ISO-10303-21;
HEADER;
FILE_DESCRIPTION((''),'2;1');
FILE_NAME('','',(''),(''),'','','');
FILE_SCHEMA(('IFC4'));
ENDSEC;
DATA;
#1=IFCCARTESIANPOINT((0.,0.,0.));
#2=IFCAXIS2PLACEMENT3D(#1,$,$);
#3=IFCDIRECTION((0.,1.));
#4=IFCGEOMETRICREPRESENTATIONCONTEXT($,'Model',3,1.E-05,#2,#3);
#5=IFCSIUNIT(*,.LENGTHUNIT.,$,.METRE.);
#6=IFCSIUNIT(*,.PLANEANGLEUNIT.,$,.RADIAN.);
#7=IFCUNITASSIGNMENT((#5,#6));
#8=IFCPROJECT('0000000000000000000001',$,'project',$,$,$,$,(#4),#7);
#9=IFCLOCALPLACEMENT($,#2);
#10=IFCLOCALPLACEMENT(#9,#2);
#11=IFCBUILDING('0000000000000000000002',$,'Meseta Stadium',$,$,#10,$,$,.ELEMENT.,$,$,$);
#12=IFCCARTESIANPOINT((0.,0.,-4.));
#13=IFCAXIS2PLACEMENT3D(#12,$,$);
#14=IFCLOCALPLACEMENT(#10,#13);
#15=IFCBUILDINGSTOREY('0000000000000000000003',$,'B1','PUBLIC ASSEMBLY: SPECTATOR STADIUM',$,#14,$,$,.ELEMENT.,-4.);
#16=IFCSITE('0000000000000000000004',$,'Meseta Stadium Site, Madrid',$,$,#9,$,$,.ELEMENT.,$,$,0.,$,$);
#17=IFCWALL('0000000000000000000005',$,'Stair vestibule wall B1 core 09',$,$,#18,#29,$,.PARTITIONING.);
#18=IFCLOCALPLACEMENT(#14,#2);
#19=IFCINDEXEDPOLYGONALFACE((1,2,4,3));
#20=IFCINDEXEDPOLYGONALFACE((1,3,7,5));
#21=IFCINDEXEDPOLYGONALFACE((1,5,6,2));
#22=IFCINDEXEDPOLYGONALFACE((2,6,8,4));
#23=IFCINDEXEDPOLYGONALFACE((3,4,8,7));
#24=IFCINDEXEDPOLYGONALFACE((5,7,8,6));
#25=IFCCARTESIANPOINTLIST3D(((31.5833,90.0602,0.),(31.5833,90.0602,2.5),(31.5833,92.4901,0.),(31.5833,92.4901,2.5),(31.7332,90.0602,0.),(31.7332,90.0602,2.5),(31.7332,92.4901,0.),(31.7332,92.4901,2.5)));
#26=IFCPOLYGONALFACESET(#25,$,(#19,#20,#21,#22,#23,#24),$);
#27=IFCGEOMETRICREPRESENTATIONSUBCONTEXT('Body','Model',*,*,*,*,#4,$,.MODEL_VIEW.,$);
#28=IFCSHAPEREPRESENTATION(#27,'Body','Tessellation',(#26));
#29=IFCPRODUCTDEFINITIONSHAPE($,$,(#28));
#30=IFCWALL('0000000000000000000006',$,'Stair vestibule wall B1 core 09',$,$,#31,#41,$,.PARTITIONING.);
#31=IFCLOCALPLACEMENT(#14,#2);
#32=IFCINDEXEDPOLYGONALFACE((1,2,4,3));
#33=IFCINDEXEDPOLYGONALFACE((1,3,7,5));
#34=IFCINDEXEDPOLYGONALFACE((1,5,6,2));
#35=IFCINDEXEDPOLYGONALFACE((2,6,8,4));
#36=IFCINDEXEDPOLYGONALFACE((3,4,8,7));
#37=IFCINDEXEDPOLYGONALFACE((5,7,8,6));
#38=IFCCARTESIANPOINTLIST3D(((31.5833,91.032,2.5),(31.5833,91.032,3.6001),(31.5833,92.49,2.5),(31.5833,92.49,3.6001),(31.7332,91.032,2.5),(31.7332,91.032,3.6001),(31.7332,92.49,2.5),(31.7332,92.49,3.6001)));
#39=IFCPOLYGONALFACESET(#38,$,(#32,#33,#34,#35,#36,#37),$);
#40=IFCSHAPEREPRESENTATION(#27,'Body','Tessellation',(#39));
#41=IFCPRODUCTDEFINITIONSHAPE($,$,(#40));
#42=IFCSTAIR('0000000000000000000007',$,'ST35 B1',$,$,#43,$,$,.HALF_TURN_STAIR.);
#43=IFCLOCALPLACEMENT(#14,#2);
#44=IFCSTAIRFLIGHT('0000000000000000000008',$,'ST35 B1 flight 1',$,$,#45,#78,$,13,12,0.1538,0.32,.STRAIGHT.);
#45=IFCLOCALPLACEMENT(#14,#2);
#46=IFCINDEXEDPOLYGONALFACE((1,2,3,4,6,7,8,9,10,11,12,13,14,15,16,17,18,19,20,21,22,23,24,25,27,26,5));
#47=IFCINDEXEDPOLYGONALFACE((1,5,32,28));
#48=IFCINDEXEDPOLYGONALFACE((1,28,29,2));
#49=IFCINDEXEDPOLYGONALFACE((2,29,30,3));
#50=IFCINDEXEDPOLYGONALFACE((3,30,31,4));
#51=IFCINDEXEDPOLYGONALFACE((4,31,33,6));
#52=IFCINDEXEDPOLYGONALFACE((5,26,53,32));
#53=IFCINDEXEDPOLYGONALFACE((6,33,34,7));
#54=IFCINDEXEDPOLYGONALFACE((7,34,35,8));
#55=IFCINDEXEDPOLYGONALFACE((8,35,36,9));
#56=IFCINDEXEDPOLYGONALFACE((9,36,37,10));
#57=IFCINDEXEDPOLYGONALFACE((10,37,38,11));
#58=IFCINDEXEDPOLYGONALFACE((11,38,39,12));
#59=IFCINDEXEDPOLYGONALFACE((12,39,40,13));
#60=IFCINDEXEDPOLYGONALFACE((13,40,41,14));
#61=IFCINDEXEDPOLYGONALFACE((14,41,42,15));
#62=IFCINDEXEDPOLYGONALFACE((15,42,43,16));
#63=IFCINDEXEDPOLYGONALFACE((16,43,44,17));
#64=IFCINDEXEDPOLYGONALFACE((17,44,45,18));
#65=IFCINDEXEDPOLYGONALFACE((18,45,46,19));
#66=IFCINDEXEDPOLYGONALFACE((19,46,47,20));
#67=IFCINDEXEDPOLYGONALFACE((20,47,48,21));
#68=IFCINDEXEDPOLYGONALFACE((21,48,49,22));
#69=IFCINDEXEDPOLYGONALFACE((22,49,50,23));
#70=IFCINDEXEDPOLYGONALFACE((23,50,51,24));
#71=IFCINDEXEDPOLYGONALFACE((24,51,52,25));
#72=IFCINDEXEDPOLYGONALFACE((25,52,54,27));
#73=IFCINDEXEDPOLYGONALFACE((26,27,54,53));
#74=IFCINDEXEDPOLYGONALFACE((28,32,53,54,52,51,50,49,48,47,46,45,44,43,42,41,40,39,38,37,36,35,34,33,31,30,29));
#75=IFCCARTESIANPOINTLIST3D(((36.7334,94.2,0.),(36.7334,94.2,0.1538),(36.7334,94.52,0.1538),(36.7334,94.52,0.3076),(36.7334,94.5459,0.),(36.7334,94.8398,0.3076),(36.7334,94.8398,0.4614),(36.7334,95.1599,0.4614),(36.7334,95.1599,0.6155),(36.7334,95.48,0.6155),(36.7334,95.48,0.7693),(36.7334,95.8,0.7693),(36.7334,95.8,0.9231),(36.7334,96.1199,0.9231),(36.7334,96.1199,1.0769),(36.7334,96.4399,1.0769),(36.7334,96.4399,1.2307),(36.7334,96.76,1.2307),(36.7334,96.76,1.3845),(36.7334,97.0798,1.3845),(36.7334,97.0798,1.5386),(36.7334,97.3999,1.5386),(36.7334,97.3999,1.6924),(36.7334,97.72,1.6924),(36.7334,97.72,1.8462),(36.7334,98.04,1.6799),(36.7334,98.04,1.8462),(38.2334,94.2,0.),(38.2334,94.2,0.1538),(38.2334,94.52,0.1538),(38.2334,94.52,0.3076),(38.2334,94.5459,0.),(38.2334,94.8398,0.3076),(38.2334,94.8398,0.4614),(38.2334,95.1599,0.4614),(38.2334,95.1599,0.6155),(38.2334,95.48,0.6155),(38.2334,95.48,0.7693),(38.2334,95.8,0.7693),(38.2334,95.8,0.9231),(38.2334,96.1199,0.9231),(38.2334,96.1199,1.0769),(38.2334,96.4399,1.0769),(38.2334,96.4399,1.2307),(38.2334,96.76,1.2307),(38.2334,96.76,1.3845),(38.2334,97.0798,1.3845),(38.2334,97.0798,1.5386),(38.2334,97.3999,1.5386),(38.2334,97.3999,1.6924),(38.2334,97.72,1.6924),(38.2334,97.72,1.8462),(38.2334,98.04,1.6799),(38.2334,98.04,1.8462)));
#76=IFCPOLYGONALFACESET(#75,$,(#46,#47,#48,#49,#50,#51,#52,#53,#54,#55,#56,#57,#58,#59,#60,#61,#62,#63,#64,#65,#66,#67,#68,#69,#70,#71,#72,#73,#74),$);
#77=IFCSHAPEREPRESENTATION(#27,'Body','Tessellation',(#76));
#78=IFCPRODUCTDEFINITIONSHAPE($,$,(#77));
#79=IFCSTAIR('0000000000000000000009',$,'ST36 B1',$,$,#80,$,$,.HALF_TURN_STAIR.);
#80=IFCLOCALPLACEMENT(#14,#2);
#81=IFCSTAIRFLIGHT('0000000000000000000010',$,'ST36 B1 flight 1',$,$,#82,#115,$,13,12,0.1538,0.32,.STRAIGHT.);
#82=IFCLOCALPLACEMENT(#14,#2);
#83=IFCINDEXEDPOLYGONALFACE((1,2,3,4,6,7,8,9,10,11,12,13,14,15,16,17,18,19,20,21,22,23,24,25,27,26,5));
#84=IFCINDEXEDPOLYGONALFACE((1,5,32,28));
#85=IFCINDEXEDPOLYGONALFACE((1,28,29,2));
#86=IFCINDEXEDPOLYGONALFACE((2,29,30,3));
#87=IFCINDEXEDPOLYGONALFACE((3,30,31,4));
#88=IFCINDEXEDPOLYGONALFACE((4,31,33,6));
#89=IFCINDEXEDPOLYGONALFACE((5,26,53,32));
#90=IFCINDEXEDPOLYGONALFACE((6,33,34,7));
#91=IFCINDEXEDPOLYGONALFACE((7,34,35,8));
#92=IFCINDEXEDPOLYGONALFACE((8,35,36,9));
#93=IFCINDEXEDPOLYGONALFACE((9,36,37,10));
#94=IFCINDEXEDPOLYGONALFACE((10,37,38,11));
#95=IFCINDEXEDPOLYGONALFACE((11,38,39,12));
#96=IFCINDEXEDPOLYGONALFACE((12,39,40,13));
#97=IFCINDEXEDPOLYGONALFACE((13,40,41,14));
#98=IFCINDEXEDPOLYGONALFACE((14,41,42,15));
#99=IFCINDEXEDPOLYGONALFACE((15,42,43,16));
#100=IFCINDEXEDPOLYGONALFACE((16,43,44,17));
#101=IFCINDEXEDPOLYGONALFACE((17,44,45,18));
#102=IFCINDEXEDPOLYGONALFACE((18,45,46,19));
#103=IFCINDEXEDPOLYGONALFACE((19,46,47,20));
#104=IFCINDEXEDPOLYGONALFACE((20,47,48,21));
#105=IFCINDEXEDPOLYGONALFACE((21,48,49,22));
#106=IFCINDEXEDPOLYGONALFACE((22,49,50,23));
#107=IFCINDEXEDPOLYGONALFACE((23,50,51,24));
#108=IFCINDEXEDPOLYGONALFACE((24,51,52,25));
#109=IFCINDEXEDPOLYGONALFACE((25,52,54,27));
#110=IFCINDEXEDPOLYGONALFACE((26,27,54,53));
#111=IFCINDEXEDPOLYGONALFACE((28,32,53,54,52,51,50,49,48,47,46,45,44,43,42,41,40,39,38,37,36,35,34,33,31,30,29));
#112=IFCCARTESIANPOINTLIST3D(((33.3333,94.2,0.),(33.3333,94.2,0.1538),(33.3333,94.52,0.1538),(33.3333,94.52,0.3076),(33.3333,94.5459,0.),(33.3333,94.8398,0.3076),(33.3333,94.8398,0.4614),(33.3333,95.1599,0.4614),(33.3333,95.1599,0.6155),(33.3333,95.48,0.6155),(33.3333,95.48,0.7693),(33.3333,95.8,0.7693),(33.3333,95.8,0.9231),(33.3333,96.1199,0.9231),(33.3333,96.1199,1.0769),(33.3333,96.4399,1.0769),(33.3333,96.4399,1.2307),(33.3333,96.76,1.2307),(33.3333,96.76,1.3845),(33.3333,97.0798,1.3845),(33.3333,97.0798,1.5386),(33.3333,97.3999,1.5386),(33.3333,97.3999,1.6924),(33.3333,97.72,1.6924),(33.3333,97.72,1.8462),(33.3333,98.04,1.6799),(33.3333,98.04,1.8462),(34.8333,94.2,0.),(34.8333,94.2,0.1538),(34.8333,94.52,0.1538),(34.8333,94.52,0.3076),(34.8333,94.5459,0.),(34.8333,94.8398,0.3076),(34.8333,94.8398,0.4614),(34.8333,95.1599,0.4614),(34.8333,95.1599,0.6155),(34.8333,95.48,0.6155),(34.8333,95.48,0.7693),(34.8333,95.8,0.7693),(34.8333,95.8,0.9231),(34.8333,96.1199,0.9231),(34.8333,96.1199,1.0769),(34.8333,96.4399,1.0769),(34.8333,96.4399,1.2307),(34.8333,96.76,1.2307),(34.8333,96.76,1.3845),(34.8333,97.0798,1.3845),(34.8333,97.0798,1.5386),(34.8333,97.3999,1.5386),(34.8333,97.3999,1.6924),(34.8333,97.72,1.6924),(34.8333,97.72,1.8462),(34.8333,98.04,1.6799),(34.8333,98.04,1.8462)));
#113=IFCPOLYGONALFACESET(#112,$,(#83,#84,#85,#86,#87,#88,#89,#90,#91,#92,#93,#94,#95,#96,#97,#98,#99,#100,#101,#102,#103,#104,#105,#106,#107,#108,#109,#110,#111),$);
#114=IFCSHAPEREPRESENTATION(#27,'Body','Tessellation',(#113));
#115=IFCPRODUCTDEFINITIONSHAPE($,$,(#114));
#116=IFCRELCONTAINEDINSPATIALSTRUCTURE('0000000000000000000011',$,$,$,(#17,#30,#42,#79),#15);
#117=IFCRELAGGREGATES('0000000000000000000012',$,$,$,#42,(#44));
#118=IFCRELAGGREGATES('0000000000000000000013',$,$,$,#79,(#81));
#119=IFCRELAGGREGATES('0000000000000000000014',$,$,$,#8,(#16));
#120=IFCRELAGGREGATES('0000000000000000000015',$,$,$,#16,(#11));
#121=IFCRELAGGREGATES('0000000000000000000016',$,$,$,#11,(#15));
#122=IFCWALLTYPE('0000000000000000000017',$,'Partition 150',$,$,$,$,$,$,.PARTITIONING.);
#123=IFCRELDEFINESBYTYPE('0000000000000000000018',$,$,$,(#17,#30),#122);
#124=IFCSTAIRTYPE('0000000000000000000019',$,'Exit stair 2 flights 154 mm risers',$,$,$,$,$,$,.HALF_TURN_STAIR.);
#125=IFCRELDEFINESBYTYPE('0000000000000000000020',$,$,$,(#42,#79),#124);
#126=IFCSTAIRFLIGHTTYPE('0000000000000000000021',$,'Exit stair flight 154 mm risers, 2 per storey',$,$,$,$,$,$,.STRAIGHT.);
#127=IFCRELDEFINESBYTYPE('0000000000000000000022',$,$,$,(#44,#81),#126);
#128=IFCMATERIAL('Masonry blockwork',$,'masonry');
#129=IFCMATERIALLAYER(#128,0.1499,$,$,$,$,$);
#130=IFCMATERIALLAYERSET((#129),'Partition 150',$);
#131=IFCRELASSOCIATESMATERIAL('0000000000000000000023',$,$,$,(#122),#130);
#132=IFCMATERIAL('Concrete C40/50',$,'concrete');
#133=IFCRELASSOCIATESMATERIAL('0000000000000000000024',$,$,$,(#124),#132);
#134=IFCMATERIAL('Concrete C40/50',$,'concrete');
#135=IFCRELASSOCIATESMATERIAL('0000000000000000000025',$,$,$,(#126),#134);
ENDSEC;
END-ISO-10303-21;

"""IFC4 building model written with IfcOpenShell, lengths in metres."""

from ifc_helpers import new_model, si_unit, direction, frame, frame_2d, origin, place, context, subcontext, project, spatial, polyline, rectangle, outline, extrude, material, layer, layer_set, type_object, element, aggregate, save


model = new_model("IFC4")

# Units and contexts
model_context = context("Model", 3, precision=1e-05, world=origin(), true_north=direction((0.0, 1.0)))
body_context = subcontext(model_context, "Body", "Model", "MODEL_VIEW")
ifc_project = project(units=[si_unit("LENGTHUNIT", "METRE"), si_unit("PLANEANGLEUNIT", "RADIAN")], contexts=[model_context])

# Site, building, storey
site_placement = place(None, origin())
site = spatial("IfcSite", under=ifc_project, at=site_placement, Name="Meseta Stadium Site, Madrid", CompositionType="ELEMENT", RefElevation=0.0)
building_placement = place(site_placement, origin())
building = spatial("IfcBuilding", under=site, at=building_placement, Name="Meseta Stadium", CompositionType="ELEMENT")
storey_placement = place(building_placement, frame((0.0, 0.0, -4.0)))
storey = spatial("IfcBuildingStorey", under=building, at=storey_placement, Name="B1", Description="PUBLIC ASSEMBLY: SPECTATOR STADIUM", CompositionType="ELEMENT", Elevation=-4.0)

# Walls
ifc_material_1 = material(Name="Masonry blockwork", Category="masonry")
ifc_layer_1 = layer(ifc_material_1, 0.1499)
ifc_layer_set_1 = layer_set([ifc_layer_1], Name="Partition 150")
wall_type_1 = type_object("IfcWallType", Name="Partition 150", PredefinedType="PARTITIONING", material=ifc_layer_set_1)
wall_1_placement = place(storey_placement, frame((31.6582, 92.49, 0.0), z_axis=(0.0, 0.0, 1.0), x_axis=(0.0, -1.0, 0.0)))
element("IfcWall", 1, at=wall_1_placement, inside=storey, type_object=wall_type_1, Name="Stair vestibule wall B1 core 09", PredefinedType="PARTITIONING", context=body_context, shape_type="SweptSolid", body=[
    extrude(rectangle(XDim=2.4299, YDim=0.1499, at=frame_2d((1.2148, 0.0))), origin(), (0.0, 0.0, 1.0), 2.5),
])
wall_2_placement = place(storey_placement, frame((31.6582, 92.49, 2.5), z_axis=(0.0, 0.0, 1.0), x_axis=(0.0, -1.0, 0.0)))
element("IfcWall", 2, at=wall_2_placement, inside=storey, type_object=wall_type_1, Name="Stair vestibule wall B1 core 09", PredefinedType="PARTITIONING", context=body_context, shape_type="SweptSolid", body=[
    extrude(rectangle(XDim=1.458, YDim=0.1499, at=frame_2d((0.729, 0.0))), origin(), (0.0, 0.0, 1.0), 1.1001),
])

# Stairs, stair flights
ifc_material_2 = material(Name="Concrete C40/50", Category="concrete")
stair_type = type_object("IfcStairType", Name="Exit stair 2 flights 154 mm risers", PredefinedType="HALF_TURN_STAIR", material=ifc_material_2)
stair_1_placement = place(storey_placement, origin())
stair_1 = element("IfcStair", 3, at=stair_1_placement, inside=storey, type_object=stair_type, Name="ST35 B1", PredefinedType="HALF_TURN_STAIR")
ifc_material_3 = material(Name="Concrete C40/50", Category="concrete")
stair_flight_type = type_object("IfcStairFlightType", Name="Exit stair flight 154 mm risers, 2 per storey", PredefinedType="STRAIGHT", material=ifc_material_3)
stair_flight_1_placement = place(storey_placement, frame((37.4834, 94.2, 0.0), z_axis=(0.0, 0.0, 1.0), x_axis=(0.0, 1.0, 0.0)))
stair_flight_1 = element("IfcStairFlight", 4, at=stair_flight_1_placement, type_object=stair_flight_type, Name="ST35 B1 flight 1", NumberOfRisers=13, NumberOfTreads=12, PredefinedType="STRAIGHT", RiserHeight=0.1538, TreadLength=0.32, context=body_context, shape_type="SweptSolid", body=[
    extrude(outline(polyline([(0.0, 0.0), (0.0, 0.1538), (0.3201, 0.1538), (0.3201, 0.3076), (0.6399, 0.3076), (0.6399, 0.4614), (0.96, 0.4614), (0.96, 0.6155), (1.28, 0.6155), (1.28, 0.7693), (1.6001, 0.7693), (1.6001, 0.9231), (1.9199, 0.9231), (1.9199, 1.0769), (2.24, 1.0769), (2.24, 1.2307), (2.5601, 1.2307), (2.5601, 1.3845), (2.8799, 1.3845), (2.8799, 1.5386), (3.2, 1.5386), (3.2, 1.6924), (3.52, 1.6924), (3.52, 1.8462), (3.8401, 1.8462), (3.8401, 1.6799), (0.3459, 0.0), (0.0, 0.0)])), frame((0.0, 0.75, 0.0), z_axis=(0.0, -1.0, 0.0), x_axis=(1.0, 0.0, 0.0)), (0.0, 0.0, 1.0), 1.5),
])
aggregate(stair_1, [stair_flight_1])
stair_2_placement = place(storey_placement, origin())
stair_2 = element("IfcStair", 5, at=stair_2_placement, inside=storey, type_object=stair_type, Name="ST36 B1", PredefinedType="HALF_TURN_STAIR")
stair_flight_2_placement = place(storey_placement, frame((34.0833, 94.2, 0.0), z_axis=(0.0, 0.0, 1.0), x_axis=(0.0, 1.0, 0.0)))
stair_flight_2 = element("IfcStairFlight", 6, at=stair_flight_2_placement, type_object=stair_flight_type, Name="ST36 B1 flight 1", NumberOfRisers=13, NumberOfTreads=12, PredefinedType="STRAIGHT", RiserHeight=0.1538, TreadLength=0.32, context=body_context, shape_type="SweptSolid", body=[
    extrude(outline(polyline([(0.0, 0.0), (0.0, 0.1538), (0.3201, 0.1538), (0.3201, 0.3076), (0.6399, 0.3076), (0.6399, 0.4614), (0.96, 0.4614), (0.96, 0.6155), (1.28, 0.6155), (1.28, 0.7693), (1.6001, 0.7693), (1.6001, 0.9231), (1.9199, 0.9231), (1.9199, 1.0769), (2.24, 1.0769), (2.24, 1.2307), (2.5601, 1.2307), (2.5601, 1.3845), (2.8799, 1.3845), (2.8799, 1.5386), (3.2, 1.5386), (3.2, 1.6924), (3.52, 1.6924), (3.52, 1.8462), (3.8401, 1.8462), (3.8401, 1.6799), (0.3459, 0.0), (0.0, 0.0)])), frame((0.0, 0.75, 0.0), z_axis=(0.0, -1.0, 0.0), x_axis=(1.0, 0.0, 0.0)), (0.0, 0.0, 1.0), 1.5),
])
aggregate(stair_2, [stair_flight_2])

save(model, "model.ifc")
